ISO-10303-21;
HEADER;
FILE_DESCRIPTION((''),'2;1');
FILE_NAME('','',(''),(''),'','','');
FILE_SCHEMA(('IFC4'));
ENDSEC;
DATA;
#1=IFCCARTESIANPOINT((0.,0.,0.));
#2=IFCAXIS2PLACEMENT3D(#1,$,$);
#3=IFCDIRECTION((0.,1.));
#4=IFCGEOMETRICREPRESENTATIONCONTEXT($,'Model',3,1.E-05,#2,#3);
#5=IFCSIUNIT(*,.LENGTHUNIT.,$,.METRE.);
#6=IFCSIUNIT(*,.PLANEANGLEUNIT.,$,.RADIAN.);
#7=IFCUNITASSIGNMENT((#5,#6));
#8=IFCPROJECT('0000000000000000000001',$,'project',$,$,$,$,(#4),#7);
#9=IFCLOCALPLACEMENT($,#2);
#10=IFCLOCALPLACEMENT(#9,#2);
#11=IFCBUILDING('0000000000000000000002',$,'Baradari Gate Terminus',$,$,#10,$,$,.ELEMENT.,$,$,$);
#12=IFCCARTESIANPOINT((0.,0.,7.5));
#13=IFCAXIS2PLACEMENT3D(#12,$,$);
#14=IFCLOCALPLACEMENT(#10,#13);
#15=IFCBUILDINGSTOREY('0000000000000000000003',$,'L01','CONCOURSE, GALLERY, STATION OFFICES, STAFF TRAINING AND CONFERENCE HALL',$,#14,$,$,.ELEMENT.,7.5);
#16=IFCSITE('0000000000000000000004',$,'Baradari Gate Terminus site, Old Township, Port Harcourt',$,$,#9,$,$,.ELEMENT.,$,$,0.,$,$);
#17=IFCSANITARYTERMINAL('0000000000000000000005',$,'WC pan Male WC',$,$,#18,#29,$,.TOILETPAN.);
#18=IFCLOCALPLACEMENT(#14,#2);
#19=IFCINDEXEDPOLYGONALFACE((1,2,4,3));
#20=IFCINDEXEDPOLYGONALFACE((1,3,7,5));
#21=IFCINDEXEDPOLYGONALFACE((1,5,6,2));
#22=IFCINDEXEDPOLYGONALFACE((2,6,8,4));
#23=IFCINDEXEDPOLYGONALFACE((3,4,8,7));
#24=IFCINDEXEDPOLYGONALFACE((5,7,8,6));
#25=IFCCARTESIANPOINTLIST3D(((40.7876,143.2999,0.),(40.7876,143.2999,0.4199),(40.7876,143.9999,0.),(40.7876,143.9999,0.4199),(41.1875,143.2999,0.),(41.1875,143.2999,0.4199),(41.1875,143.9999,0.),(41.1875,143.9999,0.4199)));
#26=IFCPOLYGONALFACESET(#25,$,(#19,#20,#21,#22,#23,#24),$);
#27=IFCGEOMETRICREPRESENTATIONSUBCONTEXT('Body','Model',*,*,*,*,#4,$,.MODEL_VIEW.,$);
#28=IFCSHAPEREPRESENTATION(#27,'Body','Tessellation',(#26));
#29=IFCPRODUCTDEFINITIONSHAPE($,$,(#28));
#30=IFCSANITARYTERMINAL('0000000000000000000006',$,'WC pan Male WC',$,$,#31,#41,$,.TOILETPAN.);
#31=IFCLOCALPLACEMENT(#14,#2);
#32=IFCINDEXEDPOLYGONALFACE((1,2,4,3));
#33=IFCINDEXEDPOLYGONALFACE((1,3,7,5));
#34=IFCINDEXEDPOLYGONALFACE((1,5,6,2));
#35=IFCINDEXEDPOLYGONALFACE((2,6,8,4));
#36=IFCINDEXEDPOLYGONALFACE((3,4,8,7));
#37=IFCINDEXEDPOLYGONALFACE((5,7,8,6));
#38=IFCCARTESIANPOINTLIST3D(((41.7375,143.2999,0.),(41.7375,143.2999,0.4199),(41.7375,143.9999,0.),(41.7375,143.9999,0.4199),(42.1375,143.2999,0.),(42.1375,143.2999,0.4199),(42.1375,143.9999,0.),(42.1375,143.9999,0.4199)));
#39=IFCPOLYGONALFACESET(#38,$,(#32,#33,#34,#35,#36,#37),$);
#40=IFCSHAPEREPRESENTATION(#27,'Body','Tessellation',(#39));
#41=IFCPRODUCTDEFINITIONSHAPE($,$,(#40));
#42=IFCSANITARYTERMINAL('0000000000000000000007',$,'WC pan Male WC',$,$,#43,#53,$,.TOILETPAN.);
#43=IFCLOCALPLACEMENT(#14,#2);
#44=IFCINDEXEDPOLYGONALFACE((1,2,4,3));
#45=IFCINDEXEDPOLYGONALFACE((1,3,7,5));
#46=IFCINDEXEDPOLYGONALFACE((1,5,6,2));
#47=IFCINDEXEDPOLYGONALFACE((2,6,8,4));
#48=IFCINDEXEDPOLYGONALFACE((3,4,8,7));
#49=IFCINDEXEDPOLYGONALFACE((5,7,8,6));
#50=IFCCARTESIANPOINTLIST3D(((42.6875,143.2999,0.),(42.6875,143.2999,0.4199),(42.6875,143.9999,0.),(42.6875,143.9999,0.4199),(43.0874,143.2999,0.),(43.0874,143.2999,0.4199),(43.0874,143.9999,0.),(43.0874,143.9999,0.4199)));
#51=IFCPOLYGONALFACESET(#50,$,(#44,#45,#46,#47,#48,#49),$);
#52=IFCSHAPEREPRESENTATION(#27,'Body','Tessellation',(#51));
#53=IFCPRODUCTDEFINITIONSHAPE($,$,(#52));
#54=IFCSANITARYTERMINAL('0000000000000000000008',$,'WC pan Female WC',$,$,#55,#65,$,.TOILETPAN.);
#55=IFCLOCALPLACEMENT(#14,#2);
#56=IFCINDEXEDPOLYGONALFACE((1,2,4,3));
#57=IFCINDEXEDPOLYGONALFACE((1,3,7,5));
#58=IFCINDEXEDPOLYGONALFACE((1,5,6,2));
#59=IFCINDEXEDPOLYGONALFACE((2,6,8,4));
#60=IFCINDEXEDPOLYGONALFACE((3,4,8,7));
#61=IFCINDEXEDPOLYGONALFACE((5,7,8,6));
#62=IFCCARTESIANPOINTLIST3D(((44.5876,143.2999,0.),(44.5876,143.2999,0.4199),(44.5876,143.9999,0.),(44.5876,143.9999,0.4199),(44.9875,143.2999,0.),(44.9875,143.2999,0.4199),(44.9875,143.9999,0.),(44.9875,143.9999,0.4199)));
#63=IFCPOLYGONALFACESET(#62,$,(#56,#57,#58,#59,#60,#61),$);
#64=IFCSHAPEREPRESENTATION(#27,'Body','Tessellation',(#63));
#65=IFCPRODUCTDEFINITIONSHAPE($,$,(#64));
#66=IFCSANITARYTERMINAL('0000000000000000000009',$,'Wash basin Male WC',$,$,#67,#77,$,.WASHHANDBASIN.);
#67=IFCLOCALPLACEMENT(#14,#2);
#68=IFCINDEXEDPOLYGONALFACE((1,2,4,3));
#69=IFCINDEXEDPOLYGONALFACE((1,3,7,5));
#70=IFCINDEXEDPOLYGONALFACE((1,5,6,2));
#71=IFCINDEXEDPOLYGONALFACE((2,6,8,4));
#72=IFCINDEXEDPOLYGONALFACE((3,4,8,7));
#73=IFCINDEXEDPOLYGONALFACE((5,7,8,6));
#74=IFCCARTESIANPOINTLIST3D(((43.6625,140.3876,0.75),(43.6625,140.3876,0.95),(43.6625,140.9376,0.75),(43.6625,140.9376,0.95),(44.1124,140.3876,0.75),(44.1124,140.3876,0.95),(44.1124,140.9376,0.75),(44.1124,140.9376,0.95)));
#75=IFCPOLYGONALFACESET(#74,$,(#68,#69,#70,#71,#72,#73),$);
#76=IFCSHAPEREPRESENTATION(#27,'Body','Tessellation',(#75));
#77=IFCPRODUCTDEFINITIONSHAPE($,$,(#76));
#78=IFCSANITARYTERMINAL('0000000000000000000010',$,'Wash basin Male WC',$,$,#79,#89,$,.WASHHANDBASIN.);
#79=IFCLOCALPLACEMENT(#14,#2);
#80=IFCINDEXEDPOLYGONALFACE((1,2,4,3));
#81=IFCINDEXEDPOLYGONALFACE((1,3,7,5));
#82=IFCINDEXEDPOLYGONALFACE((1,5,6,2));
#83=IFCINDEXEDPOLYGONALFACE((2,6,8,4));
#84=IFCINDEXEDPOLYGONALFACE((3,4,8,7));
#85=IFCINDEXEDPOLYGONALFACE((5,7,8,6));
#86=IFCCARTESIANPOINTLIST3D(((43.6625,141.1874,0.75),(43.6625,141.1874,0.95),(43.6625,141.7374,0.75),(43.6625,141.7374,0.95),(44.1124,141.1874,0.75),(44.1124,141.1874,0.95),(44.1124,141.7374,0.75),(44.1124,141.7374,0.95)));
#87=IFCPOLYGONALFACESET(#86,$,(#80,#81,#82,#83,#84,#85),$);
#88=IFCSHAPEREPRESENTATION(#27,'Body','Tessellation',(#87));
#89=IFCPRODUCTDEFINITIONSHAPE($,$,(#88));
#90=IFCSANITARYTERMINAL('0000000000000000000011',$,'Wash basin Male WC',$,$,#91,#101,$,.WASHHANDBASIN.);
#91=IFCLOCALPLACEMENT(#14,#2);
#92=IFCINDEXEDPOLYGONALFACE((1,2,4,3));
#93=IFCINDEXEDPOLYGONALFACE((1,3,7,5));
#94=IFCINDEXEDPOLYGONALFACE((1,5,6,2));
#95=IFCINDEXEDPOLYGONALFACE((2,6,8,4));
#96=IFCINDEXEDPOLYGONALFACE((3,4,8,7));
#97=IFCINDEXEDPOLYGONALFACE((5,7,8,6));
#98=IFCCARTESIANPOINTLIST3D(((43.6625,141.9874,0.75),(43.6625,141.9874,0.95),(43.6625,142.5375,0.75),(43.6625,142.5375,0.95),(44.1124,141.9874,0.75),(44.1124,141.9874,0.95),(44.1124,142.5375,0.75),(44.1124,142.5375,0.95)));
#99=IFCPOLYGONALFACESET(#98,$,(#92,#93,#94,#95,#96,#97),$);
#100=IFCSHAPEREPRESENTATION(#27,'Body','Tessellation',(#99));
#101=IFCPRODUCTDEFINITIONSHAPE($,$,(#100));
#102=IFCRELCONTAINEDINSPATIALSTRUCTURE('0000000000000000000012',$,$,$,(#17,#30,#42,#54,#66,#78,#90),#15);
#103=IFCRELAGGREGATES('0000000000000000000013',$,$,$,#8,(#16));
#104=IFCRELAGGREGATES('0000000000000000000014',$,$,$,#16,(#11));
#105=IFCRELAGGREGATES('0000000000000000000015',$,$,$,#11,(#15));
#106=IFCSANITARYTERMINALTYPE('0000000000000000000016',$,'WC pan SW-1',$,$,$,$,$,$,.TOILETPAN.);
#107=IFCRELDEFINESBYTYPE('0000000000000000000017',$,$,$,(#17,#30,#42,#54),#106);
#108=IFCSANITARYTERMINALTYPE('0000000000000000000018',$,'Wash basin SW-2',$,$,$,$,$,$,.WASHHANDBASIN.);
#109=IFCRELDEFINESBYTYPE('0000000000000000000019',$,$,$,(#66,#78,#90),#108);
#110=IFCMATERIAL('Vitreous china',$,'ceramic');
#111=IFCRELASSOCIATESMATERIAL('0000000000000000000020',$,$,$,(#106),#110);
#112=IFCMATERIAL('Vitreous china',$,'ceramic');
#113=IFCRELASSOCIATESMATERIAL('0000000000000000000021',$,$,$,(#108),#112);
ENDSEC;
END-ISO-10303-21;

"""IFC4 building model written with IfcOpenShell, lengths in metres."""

from ifc_helpers import new_model, si_unit, direction, frame, origin, origin_2d, place, context, subcontext, project, spatial, rectangle, extrude, material, type_object, element, save


model = new_model("IFC4")

# Units and contexts
model_context = context("Model", 3, precision=1e-05, world=origin(), true_north=direction((0.0, 1.0)))
body_context = subcontext(model_context, "Body", "Model", "MODEL_VIEW")
ifc_project = project(units=[si_unit("LENGTHUNIT", "METRE"), si_unit("PLANEANGLEUNIT", "RADIAN")], contexts=[model_context])

# Site, building, storey
site_placement = place(None, origin())
site = spatial("IfcSite", under=ifc_project, at=site_placement, Name="Baradari Gate Terminus site, Old Township, Port Harcourt", CompositionType="ELEMENT", RefElevation=0.0)
building_placement = place(site_placement, origin())
building = spatial("IfcBuilding", under=site, at=building_placement, Name="Baradari Gate Terminus", CompositionType="ELEMENT")
storey_placement = place(building_placement, frame((0.0, 0.0, 7.5)))
storey = spatial("IfcBuildingStorey", under=building, at=storey_placement, Name="L01", Description="CONCOURSE, GALLERY, STATION OFFICES, STAFF TRAINING AND CONFERENCE HALL", CompositionType="ELEMENT", Elevation=7.5)

# Sanitary terminals
ifc_material_1 = material(Name="Vitreous china", Category="ceramic")
sanitary_terminal_type_1 = type_object("IfcSanitaryTerminalType", Name="WC pan SW-1", PredefinedType="TOILETPAN", material=ifc_material_1)
for number, where, z_axis, x_axis, name in (
    (1, (40.9875, 143.6499, 0.0), (0.0, 0.0, 1.0), (1.0, 0.0, 0.0), "WC pan Male WC"),
    (2, (41.9375, 143.6499, 0.0), (0.0, 0.0, 1.0), (1.0, 0.0, 0.0), "WC pan Male WC"),
    (3, (42.8875, 143.6499, 0.0), (0.0, 0.0, 1.0), (1.0, 0.0, 0.0), "WC pan Male WC"),
    (4, (44.7876, 143.6499, 0.0), (0.0, 0.0, 1.0), (1.0, 0.0, 0.0), "WC pan Female WC"),
):
    element("IfcSanitaryTerminal", number, at=place(storey_placement, frame(where, z_axis=z_axis, x_axis=x_axis)), inside=storey, type_object=sanitary_terminal_type_1, Name=name, PredefinedType="TOILETPAN", context=body_context, shape_type="SweptSolid", body=[
        extrude(rectangle(XDim=0.3999, YDim=0.7, at=origin_2d()), origin(), (0.0, 0.0, 1.0), 0.4199),
    ])
ifc_material_2 = material(Name="Vitreous china", Category="ceramic")
sanitary_terminal_type_2 = type_object("IfcSanitaryTerminalType", Name="Wash basin SW-2", PredefinedType="WASHHANDBASIN", material=ifc_material_2)
for number, where, z_axis, x_axis, name in (
    (5, (43.8875, 140.6626, 0.75), (0.0, 0.0, 1.0), (1.0, 0.0, 0.0), "Wash basin Male WC"),
    (6, (43.8875, 141.4624, 0.75), (0.0, 0.0, 1.0), (1.0, 0.0, 0.0), "Wash basin Male WC"),
    (7, (43.8875, 142.2625, 0.75), (0.0, 0.0, 1.0), (1.0, 0.0, 0.0), "Wash basin Male WC"),
):
    element("IfcSanitaryTerminal", number, at=place(storey_placement, frame(where, z_axis=z_axis, x_axis=x_axis)), inside=storey, type_object=sanitary_terminal_type_2, Name=name, PredefinedType="WASHHANDBASIN", context=body_context, shape_type="SweptSolid", body=[
        extrude(rectangle(XDim=0.45, YDim=0.55, at=origin_2d()), origin(), (0.0, 0.0, 1.0), 0.2),
    ])

save(model, "model.ifc")
